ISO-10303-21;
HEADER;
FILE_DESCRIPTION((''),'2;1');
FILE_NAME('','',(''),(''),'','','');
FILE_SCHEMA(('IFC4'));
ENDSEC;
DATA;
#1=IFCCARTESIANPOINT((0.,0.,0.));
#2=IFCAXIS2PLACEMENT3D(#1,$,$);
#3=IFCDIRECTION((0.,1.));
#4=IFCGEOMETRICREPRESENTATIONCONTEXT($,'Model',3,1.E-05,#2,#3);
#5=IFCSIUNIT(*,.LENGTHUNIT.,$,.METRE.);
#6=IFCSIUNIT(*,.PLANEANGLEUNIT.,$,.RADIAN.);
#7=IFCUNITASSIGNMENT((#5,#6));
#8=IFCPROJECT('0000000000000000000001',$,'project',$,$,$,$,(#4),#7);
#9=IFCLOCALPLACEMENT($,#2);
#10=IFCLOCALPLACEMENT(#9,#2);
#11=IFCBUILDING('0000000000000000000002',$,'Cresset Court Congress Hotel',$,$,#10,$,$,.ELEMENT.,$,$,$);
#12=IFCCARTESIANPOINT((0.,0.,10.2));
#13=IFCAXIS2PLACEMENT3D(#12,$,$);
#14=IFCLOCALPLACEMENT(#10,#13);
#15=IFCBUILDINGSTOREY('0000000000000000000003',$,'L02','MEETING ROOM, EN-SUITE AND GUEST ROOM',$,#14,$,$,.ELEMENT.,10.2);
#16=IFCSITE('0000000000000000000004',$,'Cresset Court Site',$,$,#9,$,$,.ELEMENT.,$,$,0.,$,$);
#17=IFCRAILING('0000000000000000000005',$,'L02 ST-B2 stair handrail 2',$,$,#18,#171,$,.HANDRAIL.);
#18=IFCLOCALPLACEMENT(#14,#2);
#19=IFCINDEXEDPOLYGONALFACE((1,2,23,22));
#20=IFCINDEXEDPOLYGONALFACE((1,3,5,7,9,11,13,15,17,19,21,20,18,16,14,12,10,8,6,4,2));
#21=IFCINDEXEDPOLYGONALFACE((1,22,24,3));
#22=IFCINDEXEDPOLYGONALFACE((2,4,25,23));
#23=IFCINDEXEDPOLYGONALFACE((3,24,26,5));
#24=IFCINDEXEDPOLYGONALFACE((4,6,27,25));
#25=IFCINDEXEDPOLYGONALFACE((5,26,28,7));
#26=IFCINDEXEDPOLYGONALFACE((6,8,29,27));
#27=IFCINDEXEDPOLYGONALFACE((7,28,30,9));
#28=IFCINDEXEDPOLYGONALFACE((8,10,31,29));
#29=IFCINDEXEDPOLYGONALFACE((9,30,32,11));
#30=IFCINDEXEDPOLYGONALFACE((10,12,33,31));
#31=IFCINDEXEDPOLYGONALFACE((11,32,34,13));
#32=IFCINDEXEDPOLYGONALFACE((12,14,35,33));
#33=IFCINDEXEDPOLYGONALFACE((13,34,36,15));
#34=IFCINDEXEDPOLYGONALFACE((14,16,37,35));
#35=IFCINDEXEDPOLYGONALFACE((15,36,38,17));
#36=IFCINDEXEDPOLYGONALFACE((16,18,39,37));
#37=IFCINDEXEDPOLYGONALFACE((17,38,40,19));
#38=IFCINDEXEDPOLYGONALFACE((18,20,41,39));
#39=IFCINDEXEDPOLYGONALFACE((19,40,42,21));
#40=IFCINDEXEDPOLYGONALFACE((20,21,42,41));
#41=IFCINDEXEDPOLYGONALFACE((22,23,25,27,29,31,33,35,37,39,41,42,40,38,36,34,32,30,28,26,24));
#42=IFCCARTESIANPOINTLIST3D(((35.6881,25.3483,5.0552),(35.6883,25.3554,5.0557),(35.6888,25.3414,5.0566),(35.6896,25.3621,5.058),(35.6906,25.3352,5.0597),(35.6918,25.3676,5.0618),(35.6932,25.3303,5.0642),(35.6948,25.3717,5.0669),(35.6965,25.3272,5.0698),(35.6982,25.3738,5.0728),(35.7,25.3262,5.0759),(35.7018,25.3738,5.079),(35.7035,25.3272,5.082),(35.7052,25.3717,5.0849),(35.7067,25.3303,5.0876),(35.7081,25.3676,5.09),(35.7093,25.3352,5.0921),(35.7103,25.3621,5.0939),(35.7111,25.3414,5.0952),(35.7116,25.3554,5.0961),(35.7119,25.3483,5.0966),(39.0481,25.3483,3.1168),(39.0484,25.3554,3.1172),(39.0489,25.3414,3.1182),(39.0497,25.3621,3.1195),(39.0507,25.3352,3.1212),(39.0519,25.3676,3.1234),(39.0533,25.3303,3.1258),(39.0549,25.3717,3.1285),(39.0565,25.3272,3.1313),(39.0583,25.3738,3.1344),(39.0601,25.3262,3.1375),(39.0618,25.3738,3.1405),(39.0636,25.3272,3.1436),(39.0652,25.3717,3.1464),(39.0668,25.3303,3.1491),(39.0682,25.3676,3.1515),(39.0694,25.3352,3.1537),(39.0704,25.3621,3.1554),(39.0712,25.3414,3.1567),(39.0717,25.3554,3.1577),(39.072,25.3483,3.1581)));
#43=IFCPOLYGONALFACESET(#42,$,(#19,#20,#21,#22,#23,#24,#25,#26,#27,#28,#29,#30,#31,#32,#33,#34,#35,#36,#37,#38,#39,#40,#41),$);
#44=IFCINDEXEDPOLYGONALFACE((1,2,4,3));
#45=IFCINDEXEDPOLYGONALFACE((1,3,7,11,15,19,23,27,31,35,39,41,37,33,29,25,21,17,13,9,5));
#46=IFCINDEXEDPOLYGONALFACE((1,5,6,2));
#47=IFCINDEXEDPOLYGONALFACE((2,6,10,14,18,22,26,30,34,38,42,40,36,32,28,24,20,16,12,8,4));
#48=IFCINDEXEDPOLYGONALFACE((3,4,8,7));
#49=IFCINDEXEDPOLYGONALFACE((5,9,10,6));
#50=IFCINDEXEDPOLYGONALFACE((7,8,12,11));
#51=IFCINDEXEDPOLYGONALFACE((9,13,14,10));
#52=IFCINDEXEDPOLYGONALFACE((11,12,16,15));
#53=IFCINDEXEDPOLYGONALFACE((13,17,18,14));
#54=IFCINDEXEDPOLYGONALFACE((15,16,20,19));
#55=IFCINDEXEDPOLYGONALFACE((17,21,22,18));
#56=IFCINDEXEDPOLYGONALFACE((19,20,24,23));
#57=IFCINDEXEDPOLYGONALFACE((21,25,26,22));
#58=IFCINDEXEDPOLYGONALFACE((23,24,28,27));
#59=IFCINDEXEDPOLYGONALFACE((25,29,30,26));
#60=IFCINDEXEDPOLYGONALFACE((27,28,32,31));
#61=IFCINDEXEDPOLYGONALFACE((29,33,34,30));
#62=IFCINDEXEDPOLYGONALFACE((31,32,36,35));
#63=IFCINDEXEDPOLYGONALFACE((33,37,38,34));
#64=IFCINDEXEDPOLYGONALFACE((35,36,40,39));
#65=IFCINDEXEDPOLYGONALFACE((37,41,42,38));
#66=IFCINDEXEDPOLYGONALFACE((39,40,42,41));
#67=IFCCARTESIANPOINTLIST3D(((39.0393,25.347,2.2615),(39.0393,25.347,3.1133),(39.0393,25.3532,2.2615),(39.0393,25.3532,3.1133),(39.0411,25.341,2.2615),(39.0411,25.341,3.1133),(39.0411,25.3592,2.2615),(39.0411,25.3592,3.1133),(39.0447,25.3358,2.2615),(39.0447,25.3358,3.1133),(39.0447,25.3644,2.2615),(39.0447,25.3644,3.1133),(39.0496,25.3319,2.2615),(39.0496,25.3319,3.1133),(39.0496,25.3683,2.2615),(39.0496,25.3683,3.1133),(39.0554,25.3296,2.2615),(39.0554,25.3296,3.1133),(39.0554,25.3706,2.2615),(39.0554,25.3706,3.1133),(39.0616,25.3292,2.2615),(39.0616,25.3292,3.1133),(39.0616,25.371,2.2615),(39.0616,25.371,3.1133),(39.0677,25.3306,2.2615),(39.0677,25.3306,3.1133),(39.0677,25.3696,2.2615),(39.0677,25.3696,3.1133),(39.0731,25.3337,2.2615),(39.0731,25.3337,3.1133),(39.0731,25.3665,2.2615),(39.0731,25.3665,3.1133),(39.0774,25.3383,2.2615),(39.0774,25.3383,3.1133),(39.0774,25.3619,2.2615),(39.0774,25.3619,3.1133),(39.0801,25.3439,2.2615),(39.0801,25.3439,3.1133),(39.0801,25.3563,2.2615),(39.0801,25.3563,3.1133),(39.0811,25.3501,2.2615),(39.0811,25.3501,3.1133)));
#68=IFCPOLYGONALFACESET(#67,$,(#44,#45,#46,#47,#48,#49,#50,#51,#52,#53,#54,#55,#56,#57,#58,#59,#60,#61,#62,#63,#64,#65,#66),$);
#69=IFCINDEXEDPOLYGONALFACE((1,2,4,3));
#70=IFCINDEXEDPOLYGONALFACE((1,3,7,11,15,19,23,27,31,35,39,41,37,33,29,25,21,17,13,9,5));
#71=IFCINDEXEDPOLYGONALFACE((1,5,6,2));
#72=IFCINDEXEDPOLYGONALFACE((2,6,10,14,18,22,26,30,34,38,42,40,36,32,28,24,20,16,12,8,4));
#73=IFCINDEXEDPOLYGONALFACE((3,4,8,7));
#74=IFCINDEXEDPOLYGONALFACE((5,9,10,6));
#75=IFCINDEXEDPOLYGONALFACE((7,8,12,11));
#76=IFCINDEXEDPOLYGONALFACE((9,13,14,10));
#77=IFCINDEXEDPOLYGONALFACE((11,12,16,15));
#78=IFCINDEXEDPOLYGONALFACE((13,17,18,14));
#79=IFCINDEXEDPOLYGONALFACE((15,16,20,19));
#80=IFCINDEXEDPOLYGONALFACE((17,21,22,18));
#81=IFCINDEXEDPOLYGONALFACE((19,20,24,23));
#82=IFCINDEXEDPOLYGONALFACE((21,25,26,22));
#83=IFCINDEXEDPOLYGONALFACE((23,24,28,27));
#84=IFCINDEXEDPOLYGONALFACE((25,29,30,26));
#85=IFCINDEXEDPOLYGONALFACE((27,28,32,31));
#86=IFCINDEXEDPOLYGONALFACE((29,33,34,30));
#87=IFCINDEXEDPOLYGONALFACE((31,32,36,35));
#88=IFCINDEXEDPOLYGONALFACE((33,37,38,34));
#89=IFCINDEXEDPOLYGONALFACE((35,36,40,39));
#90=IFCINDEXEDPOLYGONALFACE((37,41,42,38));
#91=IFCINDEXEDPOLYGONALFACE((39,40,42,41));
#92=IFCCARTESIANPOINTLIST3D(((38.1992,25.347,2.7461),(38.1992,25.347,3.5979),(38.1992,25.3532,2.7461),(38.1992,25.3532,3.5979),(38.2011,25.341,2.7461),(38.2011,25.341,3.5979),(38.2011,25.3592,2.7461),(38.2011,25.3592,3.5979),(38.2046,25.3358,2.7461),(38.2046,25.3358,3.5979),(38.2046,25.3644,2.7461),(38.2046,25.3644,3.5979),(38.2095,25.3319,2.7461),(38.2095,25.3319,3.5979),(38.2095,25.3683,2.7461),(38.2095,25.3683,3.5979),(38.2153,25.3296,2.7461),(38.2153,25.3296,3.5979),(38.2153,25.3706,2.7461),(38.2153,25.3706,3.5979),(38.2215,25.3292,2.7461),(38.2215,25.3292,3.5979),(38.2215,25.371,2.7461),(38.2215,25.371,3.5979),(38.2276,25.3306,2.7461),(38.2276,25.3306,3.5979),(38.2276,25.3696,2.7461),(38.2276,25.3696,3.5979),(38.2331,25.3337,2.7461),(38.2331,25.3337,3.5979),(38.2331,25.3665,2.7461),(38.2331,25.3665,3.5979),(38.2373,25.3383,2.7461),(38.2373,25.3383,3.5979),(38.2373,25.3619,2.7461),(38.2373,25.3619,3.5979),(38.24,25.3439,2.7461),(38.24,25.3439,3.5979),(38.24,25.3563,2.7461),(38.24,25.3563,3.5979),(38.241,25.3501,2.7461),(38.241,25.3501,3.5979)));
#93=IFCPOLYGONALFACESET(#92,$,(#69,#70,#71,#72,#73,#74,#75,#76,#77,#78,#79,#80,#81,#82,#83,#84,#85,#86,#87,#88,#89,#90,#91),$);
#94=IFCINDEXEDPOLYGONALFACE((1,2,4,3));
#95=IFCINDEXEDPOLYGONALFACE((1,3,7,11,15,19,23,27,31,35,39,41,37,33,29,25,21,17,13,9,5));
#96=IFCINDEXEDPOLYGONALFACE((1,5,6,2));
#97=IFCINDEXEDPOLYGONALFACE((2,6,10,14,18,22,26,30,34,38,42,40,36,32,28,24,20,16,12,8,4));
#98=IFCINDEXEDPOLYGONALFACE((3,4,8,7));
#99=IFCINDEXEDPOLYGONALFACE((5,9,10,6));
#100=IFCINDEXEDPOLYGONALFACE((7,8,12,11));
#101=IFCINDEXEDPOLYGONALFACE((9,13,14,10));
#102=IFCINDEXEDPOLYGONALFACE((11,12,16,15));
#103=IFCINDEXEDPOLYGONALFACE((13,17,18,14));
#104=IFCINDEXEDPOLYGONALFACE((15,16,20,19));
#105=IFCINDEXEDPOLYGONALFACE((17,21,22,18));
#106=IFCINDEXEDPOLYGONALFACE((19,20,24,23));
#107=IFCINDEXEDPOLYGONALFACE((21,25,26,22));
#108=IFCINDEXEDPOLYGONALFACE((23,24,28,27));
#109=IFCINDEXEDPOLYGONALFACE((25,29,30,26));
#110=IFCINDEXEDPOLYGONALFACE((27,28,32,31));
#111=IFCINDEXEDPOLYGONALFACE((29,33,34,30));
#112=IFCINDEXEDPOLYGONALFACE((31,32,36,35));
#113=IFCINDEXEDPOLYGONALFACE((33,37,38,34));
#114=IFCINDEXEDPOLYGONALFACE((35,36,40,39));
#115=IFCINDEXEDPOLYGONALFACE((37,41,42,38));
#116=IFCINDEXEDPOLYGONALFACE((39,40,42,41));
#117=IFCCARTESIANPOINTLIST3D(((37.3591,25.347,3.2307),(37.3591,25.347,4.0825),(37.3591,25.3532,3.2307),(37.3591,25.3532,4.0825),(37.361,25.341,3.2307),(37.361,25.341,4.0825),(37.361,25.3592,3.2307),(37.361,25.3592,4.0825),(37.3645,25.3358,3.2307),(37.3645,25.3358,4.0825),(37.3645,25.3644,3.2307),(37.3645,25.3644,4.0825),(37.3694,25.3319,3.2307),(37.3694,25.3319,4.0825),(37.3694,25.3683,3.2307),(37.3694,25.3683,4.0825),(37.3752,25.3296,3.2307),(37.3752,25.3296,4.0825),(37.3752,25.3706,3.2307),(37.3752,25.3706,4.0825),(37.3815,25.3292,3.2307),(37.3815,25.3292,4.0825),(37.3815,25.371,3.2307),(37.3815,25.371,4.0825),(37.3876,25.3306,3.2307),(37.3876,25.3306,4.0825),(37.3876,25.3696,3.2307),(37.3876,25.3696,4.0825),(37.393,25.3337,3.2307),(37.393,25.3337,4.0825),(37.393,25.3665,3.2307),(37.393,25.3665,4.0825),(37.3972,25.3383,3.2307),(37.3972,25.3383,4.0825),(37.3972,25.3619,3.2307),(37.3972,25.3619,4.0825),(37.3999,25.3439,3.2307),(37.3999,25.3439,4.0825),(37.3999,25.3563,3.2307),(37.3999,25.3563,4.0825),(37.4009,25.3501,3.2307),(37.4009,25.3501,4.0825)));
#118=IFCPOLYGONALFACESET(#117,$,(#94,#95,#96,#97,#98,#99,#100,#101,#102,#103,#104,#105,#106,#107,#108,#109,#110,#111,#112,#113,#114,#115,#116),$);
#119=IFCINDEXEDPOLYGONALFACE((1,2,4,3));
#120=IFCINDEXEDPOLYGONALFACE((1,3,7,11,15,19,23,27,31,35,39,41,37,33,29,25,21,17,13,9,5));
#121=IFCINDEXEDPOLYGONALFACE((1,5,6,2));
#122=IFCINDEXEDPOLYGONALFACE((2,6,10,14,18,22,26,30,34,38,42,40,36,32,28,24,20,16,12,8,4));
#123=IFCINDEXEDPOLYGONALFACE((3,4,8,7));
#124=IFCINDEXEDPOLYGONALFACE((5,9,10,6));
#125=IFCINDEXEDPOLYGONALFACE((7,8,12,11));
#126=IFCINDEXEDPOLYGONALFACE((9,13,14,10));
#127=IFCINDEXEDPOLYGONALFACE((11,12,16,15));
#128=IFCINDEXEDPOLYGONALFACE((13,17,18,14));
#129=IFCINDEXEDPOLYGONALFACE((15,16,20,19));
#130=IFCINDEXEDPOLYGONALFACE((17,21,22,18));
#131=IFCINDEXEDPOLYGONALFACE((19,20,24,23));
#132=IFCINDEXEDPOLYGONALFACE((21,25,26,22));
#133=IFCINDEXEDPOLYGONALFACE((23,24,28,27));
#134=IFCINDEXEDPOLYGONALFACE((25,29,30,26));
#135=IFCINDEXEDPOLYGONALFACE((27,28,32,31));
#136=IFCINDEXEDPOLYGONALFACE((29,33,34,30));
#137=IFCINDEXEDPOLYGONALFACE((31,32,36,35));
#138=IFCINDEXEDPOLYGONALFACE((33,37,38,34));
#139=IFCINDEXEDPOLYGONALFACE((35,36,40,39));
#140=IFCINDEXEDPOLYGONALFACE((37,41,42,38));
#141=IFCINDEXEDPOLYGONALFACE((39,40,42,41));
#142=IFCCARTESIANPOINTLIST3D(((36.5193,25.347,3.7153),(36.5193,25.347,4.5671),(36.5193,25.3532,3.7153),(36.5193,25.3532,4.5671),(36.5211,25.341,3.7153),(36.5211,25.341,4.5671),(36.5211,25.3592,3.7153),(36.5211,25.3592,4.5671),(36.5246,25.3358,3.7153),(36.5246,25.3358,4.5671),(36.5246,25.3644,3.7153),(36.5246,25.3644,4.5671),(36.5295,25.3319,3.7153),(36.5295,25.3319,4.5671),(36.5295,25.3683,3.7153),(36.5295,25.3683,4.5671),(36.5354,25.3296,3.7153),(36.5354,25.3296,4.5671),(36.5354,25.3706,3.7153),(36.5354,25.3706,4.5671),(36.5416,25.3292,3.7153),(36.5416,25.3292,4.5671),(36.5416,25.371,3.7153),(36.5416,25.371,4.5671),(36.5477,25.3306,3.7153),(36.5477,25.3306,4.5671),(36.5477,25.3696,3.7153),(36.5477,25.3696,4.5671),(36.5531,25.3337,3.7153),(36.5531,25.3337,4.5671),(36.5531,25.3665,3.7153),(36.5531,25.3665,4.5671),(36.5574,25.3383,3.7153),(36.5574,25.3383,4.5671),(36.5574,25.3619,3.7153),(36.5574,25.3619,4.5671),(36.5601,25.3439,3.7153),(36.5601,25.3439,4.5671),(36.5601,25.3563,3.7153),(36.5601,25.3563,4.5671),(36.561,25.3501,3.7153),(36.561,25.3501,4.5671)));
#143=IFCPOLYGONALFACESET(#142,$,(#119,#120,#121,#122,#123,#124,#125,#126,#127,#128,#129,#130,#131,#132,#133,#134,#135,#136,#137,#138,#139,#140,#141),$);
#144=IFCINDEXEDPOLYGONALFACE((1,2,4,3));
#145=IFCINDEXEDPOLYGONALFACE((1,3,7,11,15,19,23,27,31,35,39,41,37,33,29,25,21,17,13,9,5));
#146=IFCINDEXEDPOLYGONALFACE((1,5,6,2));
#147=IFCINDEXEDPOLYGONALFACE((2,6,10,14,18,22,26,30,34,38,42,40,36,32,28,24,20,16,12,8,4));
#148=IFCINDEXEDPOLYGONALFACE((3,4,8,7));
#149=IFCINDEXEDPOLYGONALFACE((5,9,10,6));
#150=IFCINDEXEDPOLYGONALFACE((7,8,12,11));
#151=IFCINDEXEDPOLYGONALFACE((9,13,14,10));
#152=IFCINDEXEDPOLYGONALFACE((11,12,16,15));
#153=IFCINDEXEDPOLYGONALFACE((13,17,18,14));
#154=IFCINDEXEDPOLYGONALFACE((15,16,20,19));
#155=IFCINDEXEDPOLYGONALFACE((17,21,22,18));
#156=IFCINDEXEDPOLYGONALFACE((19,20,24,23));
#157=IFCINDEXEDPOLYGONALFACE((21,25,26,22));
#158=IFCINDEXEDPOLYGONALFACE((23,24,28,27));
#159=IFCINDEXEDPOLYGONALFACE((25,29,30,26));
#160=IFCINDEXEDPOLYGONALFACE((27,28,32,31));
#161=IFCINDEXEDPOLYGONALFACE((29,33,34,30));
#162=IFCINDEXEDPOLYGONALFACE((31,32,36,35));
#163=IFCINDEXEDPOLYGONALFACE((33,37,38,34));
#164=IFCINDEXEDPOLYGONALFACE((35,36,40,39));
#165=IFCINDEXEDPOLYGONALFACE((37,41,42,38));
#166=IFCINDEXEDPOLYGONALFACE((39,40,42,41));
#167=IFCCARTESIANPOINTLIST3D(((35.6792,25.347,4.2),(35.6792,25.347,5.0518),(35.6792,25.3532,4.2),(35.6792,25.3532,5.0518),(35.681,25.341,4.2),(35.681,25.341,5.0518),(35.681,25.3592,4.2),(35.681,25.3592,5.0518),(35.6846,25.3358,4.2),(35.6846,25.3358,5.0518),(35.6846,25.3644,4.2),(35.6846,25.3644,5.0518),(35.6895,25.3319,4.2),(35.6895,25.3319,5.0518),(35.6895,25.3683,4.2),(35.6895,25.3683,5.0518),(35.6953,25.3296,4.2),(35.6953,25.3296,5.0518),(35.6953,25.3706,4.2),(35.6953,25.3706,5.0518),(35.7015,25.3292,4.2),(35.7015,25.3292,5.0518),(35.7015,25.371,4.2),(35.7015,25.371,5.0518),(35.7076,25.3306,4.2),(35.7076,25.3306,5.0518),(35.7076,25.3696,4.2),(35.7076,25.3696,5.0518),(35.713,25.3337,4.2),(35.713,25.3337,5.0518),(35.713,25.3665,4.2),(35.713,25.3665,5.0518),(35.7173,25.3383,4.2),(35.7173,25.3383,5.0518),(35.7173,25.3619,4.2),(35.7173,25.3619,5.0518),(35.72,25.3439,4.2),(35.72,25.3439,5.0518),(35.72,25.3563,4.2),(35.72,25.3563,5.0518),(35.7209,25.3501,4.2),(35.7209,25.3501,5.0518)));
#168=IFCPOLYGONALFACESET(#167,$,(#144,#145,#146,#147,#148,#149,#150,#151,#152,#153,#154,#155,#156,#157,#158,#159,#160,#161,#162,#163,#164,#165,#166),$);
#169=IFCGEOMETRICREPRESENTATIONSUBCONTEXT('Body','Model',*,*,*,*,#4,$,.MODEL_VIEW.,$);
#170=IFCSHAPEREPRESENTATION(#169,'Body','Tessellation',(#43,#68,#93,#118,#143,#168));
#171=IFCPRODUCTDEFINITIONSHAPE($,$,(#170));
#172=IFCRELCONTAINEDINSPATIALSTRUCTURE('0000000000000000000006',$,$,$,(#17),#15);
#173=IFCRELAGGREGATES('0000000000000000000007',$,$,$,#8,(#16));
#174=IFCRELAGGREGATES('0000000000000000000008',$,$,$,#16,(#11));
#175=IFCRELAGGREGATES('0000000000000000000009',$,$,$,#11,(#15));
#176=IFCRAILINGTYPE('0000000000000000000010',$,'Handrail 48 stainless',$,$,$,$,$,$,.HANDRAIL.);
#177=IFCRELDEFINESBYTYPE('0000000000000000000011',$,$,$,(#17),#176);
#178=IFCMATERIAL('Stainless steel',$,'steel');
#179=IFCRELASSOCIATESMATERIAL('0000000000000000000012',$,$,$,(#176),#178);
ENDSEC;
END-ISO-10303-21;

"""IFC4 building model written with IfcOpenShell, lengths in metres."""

from ifc_helpers import new_model, si_unit, direction, frame, origin, origin_2d, place, context, subcontext, project, spatial, circle, extrude, material, type_object, element, save


model = new_model("IFC4")

# Units and contexts
model_context = context("Model", 3, precision=1e-05, world=origin(), true_north=direction((0.0, 1.0)))
body_context = subcontext(model_context, "Body", "Model", "MODEL_VIEW")
ifc_project = project(units=[si_unit("LENGTHUNIT", "METRE"), si_unit("PLANEANGLEUNIT", "RADIAN")], contexts=[model_context])

# Site, building, storey
site_placement = place(None, origin())
site = spatial("IfcSite", under=ifc_project, at=site_placement, Name="Cresset Court Site", CompositionType="ELEMENT", RefElevation=0.0)
building_placement = place(site_placement, origin())
building = spatial("IfcBuilding", under=site, at=building_placement, Name="Cresset Court Congress Hotel", CompositionType="ELEMENT")
storey_placement = place(building_placement, frame((0.0, 0.0, 10.2)))
storey = spatial("IfcBuildingStorey", under=building, at=storey_placement, Name="L02", Description="MEETING ROOM, EN-SUITE AND GUEST ROOM", CompositionType="ELEMENT", Elevation=10.2)

# Railing
ifc_material_1 = material(Name="Stainless steel", Category="steel")
railing_type = type_object("IfcRailingType", Name="Handrail 48 stainless", PredefinedType="HANDRAIL", material=ifc_material_1)
for number, where, name in (
    (1, (39.0601, 25.3501, 2.2615), "L02 ST-B2 stair handrail 2"),
):
    element("IfcRailing", number, at=place(storey_placement, frame(where)), inside=storey, type_object=railing_type, Name=name, PredefinedType="HANDRAIL", context=body_context, shape_type="SweptSolid", body=[
        extrude(circle(Radius=0.0239, at=origin_2d()), frame((0.0, 0.0, 0.876), z_axis=(-0.866191, 0.0, 0.499713), x_axis=(0.0, -1.0, 0.0)), (0.0, 0.0, 1.0), 3.8792),
        extrude(circle(Radius=0.021, at=origin_2d()), origin(), (0.0, 0.0, 1.0), 0.8518),
        extrude(circle(Radius=0.021, at=origin_2d()), frame((-0.8401, 0.0, 0.4846)), (0.0, 0.0, 1.0), 0.8518),
        extrude(circle(Radius=0.021, at=origin_2d()), frame((-1.6802, 0.0, 0.9692)), (0.0, 0.0, 1.0), 0.8518),
        extrude(circle(Radius=0.021, at=origin_2d()), frame((-2.52, 0.0, 1.4539)), (0.0, 0.0, 1.0), 0.8518),
        extrude(circle(Radius=0.021, at=origin_2d()), frame((-3.3601, 0.0, 1.9385)), (0.0, 0.0, 1.0), 0.8518),
    ])

save(model, "model.ifc")
